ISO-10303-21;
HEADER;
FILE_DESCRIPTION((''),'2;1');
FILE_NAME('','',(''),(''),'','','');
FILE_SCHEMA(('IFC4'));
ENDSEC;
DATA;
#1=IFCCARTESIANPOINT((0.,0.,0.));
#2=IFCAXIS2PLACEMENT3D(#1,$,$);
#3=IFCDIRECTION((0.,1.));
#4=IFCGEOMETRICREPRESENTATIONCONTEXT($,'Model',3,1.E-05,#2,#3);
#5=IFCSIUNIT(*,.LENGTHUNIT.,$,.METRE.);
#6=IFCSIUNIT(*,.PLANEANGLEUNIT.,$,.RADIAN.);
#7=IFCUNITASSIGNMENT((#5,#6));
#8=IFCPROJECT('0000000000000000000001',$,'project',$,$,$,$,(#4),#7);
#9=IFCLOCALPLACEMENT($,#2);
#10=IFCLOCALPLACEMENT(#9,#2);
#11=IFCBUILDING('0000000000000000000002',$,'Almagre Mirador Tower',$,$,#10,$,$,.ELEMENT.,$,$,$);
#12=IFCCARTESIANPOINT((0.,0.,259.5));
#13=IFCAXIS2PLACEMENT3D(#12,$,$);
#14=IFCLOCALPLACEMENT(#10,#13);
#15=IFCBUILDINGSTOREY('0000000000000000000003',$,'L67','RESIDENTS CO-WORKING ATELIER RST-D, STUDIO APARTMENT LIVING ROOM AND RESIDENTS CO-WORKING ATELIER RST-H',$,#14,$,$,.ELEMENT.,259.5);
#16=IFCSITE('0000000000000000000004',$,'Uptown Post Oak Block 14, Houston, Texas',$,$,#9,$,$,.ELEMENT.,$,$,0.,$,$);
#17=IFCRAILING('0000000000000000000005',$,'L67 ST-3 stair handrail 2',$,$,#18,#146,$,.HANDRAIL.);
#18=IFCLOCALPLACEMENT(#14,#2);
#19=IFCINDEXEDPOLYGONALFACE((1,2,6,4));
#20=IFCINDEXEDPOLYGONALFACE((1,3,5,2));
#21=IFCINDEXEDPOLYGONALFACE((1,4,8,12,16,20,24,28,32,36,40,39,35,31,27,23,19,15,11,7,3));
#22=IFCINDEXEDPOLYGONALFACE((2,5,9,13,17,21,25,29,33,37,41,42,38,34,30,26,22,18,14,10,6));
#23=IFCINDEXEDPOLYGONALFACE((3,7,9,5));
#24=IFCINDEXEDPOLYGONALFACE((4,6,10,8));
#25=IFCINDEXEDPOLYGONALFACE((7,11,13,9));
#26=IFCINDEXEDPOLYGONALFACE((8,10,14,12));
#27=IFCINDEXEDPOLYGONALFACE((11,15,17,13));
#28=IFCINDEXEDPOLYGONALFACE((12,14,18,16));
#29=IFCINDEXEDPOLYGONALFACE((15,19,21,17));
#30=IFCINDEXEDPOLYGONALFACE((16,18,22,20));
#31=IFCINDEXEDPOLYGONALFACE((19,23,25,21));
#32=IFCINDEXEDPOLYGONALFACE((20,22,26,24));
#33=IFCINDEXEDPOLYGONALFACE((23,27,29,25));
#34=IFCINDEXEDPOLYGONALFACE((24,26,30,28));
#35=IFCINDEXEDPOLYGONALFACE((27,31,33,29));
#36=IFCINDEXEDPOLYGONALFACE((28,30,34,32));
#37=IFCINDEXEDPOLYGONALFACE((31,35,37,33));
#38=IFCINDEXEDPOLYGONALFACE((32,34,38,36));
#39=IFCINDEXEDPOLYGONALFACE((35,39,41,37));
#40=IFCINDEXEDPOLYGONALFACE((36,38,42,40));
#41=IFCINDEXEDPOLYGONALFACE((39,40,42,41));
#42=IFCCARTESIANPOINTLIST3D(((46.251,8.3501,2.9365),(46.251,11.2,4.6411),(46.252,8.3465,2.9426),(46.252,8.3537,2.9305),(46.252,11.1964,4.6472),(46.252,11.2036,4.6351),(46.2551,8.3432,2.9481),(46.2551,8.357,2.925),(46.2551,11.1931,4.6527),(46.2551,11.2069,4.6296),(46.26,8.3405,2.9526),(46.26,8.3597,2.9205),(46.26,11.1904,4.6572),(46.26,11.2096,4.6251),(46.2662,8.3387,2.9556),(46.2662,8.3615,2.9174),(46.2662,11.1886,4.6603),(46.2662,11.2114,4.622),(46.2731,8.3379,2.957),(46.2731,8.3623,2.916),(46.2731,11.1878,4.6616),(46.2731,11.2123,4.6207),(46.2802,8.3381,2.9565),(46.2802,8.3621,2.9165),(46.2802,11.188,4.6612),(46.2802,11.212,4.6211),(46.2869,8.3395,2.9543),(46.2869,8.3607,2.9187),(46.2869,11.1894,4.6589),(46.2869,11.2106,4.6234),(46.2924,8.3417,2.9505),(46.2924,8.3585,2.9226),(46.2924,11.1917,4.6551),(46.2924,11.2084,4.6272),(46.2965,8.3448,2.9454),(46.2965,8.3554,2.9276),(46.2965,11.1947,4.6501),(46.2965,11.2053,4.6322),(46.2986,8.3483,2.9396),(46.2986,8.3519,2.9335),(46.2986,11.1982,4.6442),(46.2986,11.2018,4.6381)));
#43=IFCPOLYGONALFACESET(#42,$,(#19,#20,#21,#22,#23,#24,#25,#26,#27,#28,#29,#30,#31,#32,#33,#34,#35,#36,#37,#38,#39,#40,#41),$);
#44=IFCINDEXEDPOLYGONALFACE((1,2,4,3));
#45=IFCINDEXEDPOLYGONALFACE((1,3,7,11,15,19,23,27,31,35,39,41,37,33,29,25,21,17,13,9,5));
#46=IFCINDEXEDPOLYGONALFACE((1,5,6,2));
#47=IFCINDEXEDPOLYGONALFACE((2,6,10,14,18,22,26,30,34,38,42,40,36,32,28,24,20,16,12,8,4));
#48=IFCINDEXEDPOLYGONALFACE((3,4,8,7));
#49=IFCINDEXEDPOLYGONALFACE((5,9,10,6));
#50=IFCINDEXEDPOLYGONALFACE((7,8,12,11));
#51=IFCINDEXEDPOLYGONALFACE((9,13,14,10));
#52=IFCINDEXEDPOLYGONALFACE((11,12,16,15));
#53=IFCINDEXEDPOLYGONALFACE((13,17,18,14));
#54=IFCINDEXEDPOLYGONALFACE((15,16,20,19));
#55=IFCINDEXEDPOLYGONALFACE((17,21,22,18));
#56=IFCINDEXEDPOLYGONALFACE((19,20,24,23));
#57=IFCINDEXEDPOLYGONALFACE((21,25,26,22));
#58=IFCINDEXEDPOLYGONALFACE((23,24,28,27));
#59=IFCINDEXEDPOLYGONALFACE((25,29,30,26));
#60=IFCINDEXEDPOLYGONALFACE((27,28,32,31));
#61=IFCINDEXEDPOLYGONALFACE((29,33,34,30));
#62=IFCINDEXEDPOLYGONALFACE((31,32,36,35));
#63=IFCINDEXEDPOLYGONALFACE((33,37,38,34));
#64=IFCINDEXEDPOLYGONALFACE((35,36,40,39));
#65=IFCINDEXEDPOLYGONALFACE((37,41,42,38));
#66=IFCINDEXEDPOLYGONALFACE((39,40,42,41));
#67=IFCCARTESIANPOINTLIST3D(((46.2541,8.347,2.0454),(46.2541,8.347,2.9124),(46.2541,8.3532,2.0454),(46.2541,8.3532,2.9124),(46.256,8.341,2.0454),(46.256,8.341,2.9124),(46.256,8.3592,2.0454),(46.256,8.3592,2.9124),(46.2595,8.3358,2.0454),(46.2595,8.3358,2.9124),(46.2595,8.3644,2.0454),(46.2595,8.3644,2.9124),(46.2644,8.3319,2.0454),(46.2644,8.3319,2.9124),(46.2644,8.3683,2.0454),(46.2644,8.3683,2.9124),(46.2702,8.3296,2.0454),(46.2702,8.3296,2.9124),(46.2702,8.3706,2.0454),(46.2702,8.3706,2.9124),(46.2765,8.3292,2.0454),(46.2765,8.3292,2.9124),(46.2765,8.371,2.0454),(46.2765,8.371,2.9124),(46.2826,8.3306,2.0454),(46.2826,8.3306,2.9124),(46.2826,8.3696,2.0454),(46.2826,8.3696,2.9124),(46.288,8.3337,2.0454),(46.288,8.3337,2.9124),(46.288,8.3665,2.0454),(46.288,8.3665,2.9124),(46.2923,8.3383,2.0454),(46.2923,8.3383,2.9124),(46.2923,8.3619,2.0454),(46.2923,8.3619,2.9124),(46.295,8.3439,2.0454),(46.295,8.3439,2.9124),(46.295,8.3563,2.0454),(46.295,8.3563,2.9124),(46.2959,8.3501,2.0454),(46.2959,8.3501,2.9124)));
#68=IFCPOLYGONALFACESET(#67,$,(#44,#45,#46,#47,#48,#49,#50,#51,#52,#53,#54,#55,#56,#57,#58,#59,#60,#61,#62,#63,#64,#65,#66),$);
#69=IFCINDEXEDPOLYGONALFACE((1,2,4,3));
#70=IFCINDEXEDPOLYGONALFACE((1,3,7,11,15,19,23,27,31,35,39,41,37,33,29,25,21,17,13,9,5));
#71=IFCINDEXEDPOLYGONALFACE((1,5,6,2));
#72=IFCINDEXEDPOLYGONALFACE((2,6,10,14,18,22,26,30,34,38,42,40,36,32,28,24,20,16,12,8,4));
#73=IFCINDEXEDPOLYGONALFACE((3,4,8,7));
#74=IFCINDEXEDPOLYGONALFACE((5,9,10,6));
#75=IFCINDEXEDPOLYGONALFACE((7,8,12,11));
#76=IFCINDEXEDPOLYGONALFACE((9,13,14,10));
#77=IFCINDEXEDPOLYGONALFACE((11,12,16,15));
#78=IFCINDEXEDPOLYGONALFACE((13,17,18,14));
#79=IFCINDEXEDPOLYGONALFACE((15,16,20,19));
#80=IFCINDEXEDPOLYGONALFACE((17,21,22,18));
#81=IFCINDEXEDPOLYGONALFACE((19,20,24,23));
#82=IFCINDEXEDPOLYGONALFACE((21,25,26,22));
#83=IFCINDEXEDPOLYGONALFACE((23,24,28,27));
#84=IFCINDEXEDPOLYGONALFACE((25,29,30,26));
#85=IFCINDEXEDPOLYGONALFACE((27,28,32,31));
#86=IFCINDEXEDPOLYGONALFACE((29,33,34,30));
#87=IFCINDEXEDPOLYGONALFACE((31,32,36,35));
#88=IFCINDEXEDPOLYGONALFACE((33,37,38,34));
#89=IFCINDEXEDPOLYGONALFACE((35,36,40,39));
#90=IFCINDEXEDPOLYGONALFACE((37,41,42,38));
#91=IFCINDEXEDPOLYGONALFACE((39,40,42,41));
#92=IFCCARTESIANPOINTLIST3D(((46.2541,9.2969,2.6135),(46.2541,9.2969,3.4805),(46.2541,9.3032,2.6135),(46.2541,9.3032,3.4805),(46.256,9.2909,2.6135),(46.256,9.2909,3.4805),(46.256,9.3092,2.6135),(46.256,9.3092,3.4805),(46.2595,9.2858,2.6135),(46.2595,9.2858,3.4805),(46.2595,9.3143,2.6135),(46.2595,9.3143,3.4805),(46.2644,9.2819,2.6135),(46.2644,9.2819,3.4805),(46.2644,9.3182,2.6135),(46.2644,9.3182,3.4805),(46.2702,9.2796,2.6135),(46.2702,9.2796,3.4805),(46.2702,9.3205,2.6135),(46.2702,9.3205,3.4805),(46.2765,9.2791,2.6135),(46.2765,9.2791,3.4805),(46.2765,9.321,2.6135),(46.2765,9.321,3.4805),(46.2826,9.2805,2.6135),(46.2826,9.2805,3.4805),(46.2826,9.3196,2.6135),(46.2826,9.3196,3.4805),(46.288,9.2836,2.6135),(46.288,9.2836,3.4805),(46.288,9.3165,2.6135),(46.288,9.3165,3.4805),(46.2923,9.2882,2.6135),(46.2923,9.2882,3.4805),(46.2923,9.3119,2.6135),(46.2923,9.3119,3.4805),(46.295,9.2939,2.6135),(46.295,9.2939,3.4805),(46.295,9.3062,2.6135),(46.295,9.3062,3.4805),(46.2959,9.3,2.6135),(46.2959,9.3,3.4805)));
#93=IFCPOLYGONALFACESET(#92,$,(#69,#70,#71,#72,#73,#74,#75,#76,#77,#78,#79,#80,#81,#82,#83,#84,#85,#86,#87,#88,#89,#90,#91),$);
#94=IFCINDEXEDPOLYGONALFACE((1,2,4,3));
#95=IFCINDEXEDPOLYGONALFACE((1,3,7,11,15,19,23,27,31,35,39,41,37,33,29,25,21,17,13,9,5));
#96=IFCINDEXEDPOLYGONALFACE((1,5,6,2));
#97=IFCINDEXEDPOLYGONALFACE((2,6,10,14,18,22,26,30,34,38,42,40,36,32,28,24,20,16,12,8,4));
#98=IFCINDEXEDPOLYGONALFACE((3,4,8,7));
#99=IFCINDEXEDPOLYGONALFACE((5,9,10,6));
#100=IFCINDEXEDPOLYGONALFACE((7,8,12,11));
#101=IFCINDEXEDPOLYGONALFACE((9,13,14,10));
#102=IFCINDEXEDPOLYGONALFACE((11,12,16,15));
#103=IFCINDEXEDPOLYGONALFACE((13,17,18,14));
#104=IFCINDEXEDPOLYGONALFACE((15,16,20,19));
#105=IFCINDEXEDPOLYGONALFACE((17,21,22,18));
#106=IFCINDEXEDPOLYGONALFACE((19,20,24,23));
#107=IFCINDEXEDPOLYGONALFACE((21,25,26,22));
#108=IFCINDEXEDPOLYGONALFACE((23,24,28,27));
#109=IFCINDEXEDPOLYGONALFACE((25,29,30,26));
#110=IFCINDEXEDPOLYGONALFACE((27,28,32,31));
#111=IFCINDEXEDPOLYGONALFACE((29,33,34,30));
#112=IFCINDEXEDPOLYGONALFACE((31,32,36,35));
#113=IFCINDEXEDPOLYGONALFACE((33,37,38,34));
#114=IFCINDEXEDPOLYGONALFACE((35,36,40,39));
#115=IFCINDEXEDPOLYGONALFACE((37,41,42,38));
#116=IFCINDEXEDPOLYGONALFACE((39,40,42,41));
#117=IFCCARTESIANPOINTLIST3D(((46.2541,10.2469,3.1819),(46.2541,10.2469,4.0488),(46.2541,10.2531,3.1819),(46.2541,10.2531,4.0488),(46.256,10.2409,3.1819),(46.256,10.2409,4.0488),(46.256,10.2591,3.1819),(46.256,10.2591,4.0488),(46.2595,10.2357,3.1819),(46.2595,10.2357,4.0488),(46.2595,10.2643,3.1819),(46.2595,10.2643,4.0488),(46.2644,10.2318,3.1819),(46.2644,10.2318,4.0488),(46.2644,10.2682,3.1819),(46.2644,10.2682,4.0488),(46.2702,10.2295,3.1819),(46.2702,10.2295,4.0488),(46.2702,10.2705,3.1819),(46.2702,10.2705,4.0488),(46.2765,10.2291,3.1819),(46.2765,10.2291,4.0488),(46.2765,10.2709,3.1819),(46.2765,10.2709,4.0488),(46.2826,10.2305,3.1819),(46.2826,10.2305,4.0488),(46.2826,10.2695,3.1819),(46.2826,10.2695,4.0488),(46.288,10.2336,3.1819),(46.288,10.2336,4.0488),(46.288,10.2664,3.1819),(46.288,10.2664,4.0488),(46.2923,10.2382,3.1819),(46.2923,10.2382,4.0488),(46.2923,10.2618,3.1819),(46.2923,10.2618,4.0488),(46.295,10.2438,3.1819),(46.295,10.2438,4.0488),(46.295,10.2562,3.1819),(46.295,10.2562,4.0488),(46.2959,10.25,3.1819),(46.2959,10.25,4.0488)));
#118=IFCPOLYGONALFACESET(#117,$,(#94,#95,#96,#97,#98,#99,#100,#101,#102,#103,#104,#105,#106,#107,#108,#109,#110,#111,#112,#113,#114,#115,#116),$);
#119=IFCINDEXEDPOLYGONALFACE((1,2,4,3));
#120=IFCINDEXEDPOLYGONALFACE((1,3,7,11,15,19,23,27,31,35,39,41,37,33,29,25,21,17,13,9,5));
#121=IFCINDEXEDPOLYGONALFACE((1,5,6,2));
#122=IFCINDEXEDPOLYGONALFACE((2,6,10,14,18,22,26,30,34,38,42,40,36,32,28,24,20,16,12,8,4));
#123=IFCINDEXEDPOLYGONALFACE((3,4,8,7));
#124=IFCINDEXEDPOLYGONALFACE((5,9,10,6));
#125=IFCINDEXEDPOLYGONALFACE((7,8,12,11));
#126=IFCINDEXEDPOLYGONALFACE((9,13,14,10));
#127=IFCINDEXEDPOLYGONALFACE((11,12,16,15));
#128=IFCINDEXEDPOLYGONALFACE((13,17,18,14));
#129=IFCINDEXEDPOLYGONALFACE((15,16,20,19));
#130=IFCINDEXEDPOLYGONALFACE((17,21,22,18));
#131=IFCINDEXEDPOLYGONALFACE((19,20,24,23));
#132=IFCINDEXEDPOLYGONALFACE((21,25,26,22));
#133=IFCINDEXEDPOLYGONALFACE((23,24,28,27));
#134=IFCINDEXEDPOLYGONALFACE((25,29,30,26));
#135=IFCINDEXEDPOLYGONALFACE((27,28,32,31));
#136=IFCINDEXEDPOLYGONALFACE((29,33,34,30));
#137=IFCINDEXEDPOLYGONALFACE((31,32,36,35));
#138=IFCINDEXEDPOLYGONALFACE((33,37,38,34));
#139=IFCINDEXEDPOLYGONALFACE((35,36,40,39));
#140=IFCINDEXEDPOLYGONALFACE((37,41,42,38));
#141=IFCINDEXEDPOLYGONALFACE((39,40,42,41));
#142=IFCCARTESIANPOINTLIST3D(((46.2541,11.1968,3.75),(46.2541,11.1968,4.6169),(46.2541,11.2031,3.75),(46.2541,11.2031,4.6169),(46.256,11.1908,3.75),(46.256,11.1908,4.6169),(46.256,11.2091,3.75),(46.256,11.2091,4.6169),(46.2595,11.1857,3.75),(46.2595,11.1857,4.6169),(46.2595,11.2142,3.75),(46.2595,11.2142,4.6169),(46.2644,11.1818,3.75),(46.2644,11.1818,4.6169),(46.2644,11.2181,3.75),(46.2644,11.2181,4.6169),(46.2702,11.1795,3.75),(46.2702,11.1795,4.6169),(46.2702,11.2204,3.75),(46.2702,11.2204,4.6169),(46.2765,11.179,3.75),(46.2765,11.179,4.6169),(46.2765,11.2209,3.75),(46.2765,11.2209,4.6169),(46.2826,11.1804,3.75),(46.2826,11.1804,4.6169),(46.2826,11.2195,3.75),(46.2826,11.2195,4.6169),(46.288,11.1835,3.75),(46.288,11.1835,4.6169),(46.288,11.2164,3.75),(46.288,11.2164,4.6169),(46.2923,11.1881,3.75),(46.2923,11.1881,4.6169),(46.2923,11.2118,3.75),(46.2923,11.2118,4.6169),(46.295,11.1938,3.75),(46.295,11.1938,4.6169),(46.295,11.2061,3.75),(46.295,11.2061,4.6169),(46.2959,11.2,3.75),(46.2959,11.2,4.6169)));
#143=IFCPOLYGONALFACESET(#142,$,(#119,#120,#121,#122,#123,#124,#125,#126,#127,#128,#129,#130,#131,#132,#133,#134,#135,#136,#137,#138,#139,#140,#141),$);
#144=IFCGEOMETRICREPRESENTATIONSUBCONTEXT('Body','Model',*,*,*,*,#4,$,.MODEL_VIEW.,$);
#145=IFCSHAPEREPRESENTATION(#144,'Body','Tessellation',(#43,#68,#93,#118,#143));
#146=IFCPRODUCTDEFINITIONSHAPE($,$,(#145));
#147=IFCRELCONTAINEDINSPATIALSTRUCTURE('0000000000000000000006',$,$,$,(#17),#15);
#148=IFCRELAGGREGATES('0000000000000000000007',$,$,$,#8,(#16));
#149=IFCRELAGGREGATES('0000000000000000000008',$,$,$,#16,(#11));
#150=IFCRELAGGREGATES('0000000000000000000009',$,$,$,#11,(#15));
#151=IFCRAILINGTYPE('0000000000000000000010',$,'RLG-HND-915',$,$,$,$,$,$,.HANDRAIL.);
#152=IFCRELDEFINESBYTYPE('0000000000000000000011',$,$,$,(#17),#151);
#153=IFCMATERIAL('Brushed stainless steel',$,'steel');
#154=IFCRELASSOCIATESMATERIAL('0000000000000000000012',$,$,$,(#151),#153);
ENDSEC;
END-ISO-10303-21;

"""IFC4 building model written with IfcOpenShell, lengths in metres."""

from ifc_helpers import new_model, si_unit, direction, frame, origin, origin_2d, place, context, subcontext, project, spatial, circle, extrude, material, type_object, element, save


model = new_model("IFC4")

# Units and contexts
model_context = context("Model", 3, precision=1e-05, world=origin(), true_north=direction((0.0, 1.0)))
body_context = subcontext(model_context, "Body", "Model", "MODEL_VIEW")
ifc_project = project(units=[si_unit("LENGTHUNIT", "METRE"), si_unit("PLANEANGLEUNIT", "RADIAN")], contexts=[model_context])

# Site, building, storey
site_placement = place(None, origin())
site = spatial("IfcSite", under=ifc_project, at=site_placement, Name="Uptown Post Oak Block 14, Houston, Texas", CompositionType="ELEMENT", RefElevation=0.0)
building_placement = place(site_placement, origin())
building = spatial("IfcBuilding", under=site, at=building_placement, Name="Almagre Mirador Tower", CompositionType="ELEMENT")
storey_placement = place(building_placement, frame((0.0, 0.0, 259.5)))
storey = spatial("IfcBuildingStorey", under=building, at=storey_placement, Name="L67", Description="RESIDENTS CO-WORKING ATELIER RST-D, STUDIO APARTMENT LIVING ROOM AND RESIDENTS CO-WORKING ATELIER RST-H", CompositionType="ELEMENT", Elevation=259.5)

# Railing
ifc_material_1 = material(Name="Brushed stainless steel", Category="steel")
railing_type_1 = type_object("IfcRailingType", Name="RLG-HND-915", PredefinedType="HANDRAIL", material=ifc_material_1)
railing_1_placement = place(storey_placement, frame((46.2749, 8.3501, 2.0454)))
element("IfcRailing", 1, at=railing_1_placement, inside=storey, type_object=railing_type_1, Name="L67 ST-3 stair handrail 2", PredefinedType="HANDRAIL", context=body_context, shape_type="SweptSolid", body=[
    extrude(circle(Radius=0.0239, at=origin_2d()), frame((0.0, 0.0, 0.8911), z_axis=(0.0, 0.858199, 0.513317), x_axis=(-1.0, 0.0, 0.0)), (0.0, 0.0, 1.0), 3.3208),
    extrude(circle(Radius=0.021, at=origin_2d()), origin(), (0.0, 0.0, 1.0), 0.8669),
    extrude(circle(Radius=0.021, at=origin_2d()), frame((0.0, 0.95, 0.5681)), (0.0, 0.0, 1.0), 0.8669),
    extrude(circle(Radius=0.021, at=origin_2d()), frame((0.0, 1.8999, 1.1365)), (0.0, 0.0, 1.0), 0.8669),
    extrude(circle(Radius=0.021, at=origin_2d()), frame((0.0, 2.8499, 1.7046)), (0.0, 0.0, 1.0), 0.8669),
])

save(model, "model.ifc")
